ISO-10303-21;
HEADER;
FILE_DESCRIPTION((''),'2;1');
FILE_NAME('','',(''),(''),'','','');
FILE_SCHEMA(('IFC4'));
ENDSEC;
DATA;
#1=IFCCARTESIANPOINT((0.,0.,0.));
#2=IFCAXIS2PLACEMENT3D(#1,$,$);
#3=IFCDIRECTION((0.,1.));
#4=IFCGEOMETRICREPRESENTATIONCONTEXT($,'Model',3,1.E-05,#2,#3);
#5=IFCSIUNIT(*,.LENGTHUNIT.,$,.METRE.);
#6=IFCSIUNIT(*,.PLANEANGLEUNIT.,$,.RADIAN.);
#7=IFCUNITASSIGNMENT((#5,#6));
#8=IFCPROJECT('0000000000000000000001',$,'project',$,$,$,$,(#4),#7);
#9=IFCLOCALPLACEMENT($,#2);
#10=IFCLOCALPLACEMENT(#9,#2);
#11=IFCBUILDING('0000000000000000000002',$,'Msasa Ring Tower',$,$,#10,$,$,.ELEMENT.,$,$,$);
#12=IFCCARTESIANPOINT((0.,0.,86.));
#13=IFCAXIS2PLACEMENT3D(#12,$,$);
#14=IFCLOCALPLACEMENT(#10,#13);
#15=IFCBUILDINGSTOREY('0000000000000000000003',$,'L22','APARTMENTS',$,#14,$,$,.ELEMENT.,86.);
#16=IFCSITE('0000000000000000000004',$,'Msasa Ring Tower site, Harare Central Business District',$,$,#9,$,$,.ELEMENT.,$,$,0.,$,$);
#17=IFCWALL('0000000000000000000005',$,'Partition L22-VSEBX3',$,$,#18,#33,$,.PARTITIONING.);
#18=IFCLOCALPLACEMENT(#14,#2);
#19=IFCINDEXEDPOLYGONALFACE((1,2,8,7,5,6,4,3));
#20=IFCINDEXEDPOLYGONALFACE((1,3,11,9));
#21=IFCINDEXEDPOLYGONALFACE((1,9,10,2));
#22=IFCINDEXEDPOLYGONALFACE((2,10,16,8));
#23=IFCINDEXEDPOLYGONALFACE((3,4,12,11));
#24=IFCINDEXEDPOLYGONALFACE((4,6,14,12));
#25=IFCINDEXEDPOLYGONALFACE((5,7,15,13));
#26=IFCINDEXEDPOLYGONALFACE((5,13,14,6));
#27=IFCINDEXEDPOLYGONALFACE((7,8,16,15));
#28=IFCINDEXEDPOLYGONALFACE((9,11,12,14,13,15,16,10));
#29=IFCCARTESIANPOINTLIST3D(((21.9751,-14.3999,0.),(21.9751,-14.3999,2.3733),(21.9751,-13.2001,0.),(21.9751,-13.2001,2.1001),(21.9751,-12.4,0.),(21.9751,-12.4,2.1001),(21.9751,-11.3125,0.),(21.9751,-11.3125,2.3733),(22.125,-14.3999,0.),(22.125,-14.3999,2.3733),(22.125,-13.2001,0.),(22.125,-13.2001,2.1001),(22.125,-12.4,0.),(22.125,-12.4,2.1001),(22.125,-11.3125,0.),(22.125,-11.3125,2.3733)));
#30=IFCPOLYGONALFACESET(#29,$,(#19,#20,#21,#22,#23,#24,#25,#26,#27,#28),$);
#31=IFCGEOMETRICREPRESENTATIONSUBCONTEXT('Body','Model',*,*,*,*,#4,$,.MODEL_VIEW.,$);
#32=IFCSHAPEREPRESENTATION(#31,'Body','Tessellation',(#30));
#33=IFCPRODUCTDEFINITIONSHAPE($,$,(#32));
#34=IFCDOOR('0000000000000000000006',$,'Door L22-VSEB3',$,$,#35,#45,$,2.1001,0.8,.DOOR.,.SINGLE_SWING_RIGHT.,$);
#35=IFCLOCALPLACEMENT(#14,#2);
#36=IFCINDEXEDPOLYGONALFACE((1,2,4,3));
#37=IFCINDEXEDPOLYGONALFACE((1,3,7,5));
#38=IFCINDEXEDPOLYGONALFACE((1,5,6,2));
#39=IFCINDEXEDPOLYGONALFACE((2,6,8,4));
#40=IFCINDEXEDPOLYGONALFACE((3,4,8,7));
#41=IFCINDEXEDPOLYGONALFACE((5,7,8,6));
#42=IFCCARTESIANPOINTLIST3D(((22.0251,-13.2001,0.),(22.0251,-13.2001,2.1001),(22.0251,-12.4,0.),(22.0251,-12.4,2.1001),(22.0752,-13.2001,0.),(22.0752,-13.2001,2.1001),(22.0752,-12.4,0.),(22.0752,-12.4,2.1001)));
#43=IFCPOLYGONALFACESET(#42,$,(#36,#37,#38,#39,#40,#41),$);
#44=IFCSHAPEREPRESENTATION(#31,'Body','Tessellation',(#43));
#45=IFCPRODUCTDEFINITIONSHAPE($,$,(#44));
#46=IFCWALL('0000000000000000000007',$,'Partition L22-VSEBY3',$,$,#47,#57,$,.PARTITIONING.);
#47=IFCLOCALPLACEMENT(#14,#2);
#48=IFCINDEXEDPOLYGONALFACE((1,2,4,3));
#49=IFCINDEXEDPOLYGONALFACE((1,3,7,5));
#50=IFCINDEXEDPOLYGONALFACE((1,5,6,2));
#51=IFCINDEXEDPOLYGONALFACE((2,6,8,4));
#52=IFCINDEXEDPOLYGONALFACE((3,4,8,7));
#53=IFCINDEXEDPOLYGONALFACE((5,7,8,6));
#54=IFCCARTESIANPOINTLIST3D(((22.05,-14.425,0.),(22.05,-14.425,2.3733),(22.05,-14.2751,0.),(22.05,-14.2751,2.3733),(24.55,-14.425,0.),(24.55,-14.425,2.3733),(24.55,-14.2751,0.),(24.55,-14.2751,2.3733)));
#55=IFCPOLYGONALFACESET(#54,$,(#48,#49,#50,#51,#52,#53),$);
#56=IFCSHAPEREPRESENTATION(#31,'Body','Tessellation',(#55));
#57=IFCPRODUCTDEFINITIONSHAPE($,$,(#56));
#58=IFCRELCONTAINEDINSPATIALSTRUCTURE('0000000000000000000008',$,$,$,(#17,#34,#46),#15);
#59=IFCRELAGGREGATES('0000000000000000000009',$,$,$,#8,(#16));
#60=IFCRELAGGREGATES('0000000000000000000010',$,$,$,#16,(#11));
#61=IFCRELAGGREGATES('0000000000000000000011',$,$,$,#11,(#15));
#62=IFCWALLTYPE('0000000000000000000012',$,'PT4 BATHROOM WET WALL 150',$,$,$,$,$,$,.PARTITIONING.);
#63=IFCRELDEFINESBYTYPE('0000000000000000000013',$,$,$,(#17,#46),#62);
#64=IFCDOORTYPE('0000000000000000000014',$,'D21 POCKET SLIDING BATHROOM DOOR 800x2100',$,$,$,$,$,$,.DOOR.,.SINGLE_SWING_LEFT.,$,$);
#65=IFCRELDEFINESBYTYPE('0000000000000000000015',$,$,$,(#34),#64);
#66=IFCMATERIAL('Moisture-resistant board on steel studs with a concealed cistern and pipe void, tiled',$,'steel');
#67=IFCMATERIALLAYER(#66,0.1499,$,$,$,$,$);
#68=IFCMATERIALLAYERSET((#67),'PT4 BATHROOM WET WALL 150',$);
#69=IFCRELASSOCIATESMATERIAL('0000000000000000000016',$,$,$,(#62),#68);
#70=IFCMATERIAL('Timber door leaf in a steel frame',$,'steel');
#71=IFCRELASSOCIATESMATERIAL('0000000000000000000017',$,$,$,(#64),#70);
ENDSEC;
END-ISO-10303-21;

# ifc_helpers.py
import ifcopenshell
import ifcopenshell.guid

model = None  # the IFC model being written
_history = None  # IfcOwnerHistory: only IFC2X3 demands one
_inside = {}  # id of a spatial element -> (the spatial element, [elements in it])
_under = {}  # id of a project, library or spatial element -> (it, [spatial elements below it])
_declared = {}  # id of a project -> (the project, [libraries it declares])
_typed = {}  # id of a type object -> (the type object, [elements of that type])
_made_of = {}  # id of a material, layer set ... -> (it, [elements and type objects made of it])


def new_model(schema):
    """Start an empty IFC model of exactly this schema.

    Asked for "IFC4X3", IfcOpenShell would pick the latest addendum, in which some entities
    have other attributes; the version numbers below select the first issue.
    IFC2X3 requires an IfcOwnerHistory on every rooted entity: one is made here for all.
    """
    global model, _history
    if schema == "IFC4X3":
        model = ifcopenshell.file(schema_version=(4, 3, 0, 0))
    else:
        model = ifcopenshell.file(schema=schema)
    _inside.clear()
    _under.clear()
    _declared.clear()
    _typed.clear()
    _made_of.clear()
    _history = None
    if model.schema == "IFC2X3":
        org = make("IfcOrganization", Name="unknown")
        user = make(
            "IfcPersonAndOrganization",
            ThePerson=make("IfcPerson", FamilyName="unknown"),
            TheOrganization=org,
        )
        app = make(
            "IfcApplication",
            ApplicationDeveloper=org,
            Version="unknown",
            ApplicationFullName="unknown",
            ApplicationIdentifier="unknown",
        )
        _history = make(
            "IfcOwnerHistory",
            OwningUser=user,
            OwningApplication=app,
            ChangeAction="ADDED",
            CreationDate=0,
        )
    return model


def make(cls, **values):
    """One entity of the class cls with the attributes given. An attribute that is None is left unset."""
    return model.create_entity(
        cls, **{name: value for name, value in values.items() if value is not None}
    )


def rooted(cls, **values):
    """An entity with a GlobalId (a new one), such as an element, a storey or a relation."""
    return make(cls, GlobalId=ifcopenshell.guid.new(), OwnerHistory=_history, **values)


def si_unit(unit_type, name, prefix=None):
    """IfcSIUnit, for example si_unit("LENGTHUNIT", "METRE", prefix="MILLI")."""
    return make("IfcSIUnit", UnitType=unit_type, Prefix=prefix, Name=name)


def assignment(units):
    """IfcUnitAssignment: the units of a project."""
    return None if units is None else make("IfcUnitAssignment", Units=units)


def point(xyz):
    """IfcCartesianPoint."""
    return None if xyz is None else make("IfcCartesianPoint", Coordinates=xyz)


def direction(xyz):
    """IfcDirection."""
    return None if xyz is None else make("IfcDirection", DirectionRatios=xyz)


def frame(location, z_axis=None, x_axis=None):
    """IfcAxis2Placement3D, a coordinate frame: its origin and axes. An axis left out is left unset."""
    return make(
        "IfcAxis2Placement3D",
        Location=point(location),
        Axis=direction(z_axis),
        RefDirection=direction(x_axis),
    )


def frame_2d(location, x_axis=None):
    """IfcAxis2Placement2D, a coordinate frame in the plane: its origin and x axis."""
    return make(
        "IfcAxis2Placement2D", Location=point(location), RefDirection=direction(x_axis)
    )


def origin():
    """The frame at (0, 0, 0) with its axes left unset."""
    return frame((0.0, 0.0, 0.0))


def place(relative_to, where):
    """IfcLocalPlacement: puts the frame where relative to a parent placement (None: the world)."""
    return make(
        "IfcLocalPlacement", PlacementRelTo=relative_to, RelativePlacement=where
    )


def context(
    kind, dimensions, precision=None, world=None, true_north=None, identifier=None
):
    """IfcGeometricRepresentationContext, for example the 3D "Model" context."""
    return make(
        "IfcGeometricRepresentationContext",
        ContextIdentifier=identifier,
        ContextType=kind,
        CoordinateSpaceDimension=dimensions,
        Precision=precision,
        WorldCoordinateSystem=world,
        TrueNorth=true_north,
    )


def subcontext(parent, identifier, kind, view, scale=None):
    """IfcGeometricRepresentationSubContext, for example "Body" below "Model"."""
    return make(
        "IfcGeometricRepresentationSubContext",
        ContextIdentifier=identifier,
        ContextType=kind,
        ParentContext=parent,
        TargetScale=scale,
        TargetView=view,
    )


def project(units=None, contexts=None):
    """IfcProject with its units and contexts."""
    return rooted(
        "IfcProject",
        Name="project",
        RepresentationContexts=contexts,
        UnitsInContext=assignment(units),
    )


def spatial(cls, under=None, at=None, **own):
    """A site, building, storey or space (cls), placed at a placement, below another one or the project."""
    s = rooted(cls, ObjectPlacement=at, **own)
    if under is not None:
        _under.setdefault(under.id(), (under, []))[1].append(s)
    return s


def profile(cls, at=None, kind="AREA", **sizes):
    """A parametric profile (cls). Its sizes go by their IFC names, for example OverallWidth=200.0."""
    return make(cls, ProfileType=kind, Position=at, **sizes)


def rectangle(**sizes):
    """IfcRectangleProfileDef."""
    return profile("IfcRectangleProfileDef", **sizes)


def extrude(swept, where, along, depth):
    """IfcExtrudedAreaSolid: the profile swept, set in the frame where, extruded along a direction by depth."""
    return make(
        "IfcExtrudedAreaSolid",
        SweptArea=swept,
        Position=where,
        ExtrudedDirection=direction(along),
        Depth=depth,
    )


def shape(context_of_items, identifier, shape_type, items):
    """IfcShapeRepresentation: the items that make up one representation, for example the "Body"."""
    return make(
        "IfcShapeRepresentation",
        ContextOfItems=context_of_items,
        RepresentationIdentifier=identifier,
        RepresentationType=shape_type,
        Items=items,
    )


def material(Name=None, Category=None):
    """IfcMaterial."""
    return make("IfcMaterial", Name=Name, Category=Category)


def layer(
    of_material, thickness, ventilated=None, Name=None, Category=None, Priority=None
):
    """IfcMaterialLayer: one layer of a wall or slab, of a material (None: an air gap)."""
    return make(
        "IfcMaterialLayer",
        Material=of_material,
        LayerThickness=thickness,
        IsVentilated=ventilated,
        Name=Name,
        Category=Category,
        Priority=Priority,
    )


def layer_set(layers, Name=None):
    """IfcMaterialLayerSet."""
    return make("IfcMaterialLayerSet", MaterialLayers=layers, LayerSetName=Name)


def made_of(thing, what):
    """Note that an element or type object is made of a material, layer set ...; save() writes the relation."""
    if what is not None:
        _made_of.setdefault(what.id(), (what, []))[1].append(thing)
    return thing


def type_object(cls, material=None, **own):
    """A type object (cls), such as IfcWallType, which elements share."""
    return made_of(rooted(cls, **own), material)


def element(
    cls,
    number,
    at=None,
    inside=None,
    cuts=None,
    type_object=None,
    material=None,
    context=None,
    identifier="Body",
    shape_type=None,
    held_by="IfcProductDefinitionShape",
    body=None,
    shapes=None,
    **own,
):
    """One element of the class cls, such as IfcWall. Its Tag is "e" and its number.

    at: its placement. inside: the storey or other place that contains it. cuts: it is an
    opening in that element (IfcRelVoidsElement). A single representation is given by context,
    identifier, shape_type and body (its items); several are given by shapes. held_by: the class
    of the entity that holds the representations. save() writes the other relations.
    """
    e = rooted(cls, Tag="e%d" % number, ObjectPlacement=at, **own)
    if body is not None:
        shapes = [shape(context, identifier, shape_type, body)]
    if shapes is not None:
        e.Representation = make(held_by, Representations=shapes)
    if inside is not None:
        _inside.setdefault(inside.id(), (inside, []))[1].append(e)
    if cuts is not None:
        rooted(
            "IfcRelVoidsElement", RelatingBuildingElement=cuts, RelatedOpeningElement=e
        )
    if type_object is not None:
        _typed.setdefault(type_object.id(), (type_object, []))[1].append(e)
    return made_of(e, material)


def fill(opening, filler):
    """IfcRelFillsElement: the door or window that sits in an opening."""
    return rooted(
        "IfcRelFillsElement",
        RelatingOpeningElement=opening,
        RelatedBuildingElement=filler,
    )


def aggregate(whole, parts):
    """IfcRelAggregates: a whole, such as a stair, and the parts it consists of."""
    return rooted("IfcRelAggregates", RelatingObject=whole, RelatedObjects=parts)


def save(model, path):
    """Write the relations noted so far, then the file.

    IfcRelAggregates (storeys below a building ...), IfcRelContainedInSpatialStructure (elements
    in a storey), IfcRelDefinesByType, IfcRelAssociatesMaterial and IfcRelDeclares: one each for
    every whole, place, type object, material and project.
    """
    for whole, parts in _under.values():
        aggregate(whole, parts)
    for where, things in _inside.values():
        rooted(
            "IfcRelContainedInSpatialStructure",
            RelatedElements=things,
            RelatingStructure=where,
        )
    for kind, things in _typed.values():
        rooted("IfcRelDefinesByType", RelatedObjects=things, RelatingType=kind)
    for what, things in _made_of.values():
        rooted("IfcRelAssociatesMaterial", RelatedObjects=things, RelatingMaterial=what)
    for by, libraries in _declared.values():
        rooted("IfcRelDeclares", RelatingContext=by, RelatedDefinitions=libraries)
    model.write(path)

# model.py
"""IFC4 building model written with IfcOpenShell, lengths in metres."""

from ifc_helpers import new_model, si_unit, direction, frame, frame_2d, origin, place, context, subcontext, project, spatial, rectangle, extrude, material, layer, layer_set, type_object, element, fill, save


model = new_model("IFC4")

# Units and contexts
model_context = context("Model", 3, precision=1e-05, world=origin(), true_north=direction((0.0, 1.0)))
body_context = subcontext(model_context, "Body", "Model", "MODEL_VIEW")
ifc_project = project(units=[si_unit("LENGTHUNIT", "METRE"), si_unit("PLANEANGLEUNIT", "RADIAN")], contexts=[model_context])

# Site, building, storey
site_placement = place(None, origin())
site = spatial("IfcSite", under=ifc_project, at=site_placement, Name="Msasa Ring Tower site, Harare Central Business District", CompositionType="ELEMENT", RefElevation=0.0)
building_placement = place(site_placement, origin())
building = spatial("IfcBuilding", under=site, at=building_placement, Name="Msasa Ring Tower", CompositionType="ELEMENT")
storey_placement = place(building_placement, frame((0.0, 0.0, 86.0)))
storey = spatial("IfcBuildingStorey", under=building, at=storey_placement, Name="L22", Description="APARTMENTS", CompositionType="ELEMENT", Elevation=86.0)

# Shared definitions
ifc_material_1 = material(Name="Moisture-resistant board on steel studs with a concealed cistern and pipe void, tiled", Category="steel")
ifc_layer_1 = layer(ifc_material_1, 0.1499)
ifc_layer_set_1 = layer_set([ifc_layer_1], Name="PT4 BATHROOM WET WALL 150")
wall_type_1 = type_object("IfcWallType", Name="PT4 BATHROOM WET WALL 150", PredefinedType="PARTITIONING", material=ifc_layer_set_1)
ifc_material_2 = material(Name="Timber door leaf in a steel frame", Category="steel")
door_type_1 = type_object("IfcDoorType", Name="D21 POCKET SLIDING BATHROOM DOOR 800x2100", OperationType="SINGLE_SWING_LEFT", PredefinedType="DOOR", material=ifc_material_2)

# Wall, opening, door
wall_1_placement = place(storey_placement, frame((22.05, -14.3999, 0.0), z_axis=(0.0, 0.0, 1.0), x_axis=(0.0, 1.0, 0.0)))
wall_1 = element("IfcWall", 1, at=wall_1_placement, inside=storey, type_object=wall_type_1, Name="Partition L22-VSEBX3", PredefinedType="PARTITIONING", context=body_context, shape_type="SweptSolid", body=[
    extrude(rectangle(XDim=3.0874, YDim=0.1499, at=frame_2d((1.5437, 0.0))), origin(), (0.0, 0.0, 1.0), 2.3733),
])
opening_1_placement = place(wall_1_placement, frame((1.2, 0.0, 0.0)))
opening_1 = element("IfcOpeningElement", 2, at=opening_1_placement, cuts=wall_1, PredefinedType="OPENING", context=body_context, shape_type="SweptSolid", body=[
    extrude(rectangle(XDim=0.8, YDim=2.1001, at=frame_2d((0.3999, 1.05))), frame((0.0, 0.085, 0.0), z_axis=(0.0, -1.0, 0.0), x_axis=(1.0, 0.0, 0.0)), (0.0, 0.0, 1.0), 0.1699),
])
door_1_placement = place(opening_1_placement, origin())
door_1 = element("IfcDoor", 3, at=door_1_placement, inside=storey, type_object=door_type_1, Name="Door L22-VSEB3", OperationType="SINGLE_SWING_RIGHT", OverallHeight=2.1001, OverallWidth=0.8, PredefinedType="DOOR", context=body_context, shape_type="SweptSolid", body=[
    extrude(rectangle(XDim=0.8, YDim=2.1001, at=frame_2d((0.3999, 1.05))), frame((0.0, 0.0249, 0.0), z_axis=(0.0, -1.0, 0.0), x_axis=(1.0, 0.0, 0.0)), (0.0, 0.0, 1.0), 0.05),
])
fill(opening_1, door_1)

# Wall
wall_2_placement = place(storey_placement, frame((22.05, -14.3501, 0.0), z_axis=(0.0, 0.0, 1.0), x_axis=(1.0, 0.0, 0.0)))
element("IfcWall", 4, at=wall_2_placement, inside=storey, type_object=wall_type_1, Name="Partition L22-VSEBY3", PredefinedType="PARTITIONING", context=body_context, shape_type="SweptSolid", body=[
    extrude(rectangle(XDim=2.5, YDim=0.1499, at=frame_2d((1.25, 0.0))), origin(), (0.0, 0.0, 1.0), 2.3733),
])

save(model, "model.ifc")
